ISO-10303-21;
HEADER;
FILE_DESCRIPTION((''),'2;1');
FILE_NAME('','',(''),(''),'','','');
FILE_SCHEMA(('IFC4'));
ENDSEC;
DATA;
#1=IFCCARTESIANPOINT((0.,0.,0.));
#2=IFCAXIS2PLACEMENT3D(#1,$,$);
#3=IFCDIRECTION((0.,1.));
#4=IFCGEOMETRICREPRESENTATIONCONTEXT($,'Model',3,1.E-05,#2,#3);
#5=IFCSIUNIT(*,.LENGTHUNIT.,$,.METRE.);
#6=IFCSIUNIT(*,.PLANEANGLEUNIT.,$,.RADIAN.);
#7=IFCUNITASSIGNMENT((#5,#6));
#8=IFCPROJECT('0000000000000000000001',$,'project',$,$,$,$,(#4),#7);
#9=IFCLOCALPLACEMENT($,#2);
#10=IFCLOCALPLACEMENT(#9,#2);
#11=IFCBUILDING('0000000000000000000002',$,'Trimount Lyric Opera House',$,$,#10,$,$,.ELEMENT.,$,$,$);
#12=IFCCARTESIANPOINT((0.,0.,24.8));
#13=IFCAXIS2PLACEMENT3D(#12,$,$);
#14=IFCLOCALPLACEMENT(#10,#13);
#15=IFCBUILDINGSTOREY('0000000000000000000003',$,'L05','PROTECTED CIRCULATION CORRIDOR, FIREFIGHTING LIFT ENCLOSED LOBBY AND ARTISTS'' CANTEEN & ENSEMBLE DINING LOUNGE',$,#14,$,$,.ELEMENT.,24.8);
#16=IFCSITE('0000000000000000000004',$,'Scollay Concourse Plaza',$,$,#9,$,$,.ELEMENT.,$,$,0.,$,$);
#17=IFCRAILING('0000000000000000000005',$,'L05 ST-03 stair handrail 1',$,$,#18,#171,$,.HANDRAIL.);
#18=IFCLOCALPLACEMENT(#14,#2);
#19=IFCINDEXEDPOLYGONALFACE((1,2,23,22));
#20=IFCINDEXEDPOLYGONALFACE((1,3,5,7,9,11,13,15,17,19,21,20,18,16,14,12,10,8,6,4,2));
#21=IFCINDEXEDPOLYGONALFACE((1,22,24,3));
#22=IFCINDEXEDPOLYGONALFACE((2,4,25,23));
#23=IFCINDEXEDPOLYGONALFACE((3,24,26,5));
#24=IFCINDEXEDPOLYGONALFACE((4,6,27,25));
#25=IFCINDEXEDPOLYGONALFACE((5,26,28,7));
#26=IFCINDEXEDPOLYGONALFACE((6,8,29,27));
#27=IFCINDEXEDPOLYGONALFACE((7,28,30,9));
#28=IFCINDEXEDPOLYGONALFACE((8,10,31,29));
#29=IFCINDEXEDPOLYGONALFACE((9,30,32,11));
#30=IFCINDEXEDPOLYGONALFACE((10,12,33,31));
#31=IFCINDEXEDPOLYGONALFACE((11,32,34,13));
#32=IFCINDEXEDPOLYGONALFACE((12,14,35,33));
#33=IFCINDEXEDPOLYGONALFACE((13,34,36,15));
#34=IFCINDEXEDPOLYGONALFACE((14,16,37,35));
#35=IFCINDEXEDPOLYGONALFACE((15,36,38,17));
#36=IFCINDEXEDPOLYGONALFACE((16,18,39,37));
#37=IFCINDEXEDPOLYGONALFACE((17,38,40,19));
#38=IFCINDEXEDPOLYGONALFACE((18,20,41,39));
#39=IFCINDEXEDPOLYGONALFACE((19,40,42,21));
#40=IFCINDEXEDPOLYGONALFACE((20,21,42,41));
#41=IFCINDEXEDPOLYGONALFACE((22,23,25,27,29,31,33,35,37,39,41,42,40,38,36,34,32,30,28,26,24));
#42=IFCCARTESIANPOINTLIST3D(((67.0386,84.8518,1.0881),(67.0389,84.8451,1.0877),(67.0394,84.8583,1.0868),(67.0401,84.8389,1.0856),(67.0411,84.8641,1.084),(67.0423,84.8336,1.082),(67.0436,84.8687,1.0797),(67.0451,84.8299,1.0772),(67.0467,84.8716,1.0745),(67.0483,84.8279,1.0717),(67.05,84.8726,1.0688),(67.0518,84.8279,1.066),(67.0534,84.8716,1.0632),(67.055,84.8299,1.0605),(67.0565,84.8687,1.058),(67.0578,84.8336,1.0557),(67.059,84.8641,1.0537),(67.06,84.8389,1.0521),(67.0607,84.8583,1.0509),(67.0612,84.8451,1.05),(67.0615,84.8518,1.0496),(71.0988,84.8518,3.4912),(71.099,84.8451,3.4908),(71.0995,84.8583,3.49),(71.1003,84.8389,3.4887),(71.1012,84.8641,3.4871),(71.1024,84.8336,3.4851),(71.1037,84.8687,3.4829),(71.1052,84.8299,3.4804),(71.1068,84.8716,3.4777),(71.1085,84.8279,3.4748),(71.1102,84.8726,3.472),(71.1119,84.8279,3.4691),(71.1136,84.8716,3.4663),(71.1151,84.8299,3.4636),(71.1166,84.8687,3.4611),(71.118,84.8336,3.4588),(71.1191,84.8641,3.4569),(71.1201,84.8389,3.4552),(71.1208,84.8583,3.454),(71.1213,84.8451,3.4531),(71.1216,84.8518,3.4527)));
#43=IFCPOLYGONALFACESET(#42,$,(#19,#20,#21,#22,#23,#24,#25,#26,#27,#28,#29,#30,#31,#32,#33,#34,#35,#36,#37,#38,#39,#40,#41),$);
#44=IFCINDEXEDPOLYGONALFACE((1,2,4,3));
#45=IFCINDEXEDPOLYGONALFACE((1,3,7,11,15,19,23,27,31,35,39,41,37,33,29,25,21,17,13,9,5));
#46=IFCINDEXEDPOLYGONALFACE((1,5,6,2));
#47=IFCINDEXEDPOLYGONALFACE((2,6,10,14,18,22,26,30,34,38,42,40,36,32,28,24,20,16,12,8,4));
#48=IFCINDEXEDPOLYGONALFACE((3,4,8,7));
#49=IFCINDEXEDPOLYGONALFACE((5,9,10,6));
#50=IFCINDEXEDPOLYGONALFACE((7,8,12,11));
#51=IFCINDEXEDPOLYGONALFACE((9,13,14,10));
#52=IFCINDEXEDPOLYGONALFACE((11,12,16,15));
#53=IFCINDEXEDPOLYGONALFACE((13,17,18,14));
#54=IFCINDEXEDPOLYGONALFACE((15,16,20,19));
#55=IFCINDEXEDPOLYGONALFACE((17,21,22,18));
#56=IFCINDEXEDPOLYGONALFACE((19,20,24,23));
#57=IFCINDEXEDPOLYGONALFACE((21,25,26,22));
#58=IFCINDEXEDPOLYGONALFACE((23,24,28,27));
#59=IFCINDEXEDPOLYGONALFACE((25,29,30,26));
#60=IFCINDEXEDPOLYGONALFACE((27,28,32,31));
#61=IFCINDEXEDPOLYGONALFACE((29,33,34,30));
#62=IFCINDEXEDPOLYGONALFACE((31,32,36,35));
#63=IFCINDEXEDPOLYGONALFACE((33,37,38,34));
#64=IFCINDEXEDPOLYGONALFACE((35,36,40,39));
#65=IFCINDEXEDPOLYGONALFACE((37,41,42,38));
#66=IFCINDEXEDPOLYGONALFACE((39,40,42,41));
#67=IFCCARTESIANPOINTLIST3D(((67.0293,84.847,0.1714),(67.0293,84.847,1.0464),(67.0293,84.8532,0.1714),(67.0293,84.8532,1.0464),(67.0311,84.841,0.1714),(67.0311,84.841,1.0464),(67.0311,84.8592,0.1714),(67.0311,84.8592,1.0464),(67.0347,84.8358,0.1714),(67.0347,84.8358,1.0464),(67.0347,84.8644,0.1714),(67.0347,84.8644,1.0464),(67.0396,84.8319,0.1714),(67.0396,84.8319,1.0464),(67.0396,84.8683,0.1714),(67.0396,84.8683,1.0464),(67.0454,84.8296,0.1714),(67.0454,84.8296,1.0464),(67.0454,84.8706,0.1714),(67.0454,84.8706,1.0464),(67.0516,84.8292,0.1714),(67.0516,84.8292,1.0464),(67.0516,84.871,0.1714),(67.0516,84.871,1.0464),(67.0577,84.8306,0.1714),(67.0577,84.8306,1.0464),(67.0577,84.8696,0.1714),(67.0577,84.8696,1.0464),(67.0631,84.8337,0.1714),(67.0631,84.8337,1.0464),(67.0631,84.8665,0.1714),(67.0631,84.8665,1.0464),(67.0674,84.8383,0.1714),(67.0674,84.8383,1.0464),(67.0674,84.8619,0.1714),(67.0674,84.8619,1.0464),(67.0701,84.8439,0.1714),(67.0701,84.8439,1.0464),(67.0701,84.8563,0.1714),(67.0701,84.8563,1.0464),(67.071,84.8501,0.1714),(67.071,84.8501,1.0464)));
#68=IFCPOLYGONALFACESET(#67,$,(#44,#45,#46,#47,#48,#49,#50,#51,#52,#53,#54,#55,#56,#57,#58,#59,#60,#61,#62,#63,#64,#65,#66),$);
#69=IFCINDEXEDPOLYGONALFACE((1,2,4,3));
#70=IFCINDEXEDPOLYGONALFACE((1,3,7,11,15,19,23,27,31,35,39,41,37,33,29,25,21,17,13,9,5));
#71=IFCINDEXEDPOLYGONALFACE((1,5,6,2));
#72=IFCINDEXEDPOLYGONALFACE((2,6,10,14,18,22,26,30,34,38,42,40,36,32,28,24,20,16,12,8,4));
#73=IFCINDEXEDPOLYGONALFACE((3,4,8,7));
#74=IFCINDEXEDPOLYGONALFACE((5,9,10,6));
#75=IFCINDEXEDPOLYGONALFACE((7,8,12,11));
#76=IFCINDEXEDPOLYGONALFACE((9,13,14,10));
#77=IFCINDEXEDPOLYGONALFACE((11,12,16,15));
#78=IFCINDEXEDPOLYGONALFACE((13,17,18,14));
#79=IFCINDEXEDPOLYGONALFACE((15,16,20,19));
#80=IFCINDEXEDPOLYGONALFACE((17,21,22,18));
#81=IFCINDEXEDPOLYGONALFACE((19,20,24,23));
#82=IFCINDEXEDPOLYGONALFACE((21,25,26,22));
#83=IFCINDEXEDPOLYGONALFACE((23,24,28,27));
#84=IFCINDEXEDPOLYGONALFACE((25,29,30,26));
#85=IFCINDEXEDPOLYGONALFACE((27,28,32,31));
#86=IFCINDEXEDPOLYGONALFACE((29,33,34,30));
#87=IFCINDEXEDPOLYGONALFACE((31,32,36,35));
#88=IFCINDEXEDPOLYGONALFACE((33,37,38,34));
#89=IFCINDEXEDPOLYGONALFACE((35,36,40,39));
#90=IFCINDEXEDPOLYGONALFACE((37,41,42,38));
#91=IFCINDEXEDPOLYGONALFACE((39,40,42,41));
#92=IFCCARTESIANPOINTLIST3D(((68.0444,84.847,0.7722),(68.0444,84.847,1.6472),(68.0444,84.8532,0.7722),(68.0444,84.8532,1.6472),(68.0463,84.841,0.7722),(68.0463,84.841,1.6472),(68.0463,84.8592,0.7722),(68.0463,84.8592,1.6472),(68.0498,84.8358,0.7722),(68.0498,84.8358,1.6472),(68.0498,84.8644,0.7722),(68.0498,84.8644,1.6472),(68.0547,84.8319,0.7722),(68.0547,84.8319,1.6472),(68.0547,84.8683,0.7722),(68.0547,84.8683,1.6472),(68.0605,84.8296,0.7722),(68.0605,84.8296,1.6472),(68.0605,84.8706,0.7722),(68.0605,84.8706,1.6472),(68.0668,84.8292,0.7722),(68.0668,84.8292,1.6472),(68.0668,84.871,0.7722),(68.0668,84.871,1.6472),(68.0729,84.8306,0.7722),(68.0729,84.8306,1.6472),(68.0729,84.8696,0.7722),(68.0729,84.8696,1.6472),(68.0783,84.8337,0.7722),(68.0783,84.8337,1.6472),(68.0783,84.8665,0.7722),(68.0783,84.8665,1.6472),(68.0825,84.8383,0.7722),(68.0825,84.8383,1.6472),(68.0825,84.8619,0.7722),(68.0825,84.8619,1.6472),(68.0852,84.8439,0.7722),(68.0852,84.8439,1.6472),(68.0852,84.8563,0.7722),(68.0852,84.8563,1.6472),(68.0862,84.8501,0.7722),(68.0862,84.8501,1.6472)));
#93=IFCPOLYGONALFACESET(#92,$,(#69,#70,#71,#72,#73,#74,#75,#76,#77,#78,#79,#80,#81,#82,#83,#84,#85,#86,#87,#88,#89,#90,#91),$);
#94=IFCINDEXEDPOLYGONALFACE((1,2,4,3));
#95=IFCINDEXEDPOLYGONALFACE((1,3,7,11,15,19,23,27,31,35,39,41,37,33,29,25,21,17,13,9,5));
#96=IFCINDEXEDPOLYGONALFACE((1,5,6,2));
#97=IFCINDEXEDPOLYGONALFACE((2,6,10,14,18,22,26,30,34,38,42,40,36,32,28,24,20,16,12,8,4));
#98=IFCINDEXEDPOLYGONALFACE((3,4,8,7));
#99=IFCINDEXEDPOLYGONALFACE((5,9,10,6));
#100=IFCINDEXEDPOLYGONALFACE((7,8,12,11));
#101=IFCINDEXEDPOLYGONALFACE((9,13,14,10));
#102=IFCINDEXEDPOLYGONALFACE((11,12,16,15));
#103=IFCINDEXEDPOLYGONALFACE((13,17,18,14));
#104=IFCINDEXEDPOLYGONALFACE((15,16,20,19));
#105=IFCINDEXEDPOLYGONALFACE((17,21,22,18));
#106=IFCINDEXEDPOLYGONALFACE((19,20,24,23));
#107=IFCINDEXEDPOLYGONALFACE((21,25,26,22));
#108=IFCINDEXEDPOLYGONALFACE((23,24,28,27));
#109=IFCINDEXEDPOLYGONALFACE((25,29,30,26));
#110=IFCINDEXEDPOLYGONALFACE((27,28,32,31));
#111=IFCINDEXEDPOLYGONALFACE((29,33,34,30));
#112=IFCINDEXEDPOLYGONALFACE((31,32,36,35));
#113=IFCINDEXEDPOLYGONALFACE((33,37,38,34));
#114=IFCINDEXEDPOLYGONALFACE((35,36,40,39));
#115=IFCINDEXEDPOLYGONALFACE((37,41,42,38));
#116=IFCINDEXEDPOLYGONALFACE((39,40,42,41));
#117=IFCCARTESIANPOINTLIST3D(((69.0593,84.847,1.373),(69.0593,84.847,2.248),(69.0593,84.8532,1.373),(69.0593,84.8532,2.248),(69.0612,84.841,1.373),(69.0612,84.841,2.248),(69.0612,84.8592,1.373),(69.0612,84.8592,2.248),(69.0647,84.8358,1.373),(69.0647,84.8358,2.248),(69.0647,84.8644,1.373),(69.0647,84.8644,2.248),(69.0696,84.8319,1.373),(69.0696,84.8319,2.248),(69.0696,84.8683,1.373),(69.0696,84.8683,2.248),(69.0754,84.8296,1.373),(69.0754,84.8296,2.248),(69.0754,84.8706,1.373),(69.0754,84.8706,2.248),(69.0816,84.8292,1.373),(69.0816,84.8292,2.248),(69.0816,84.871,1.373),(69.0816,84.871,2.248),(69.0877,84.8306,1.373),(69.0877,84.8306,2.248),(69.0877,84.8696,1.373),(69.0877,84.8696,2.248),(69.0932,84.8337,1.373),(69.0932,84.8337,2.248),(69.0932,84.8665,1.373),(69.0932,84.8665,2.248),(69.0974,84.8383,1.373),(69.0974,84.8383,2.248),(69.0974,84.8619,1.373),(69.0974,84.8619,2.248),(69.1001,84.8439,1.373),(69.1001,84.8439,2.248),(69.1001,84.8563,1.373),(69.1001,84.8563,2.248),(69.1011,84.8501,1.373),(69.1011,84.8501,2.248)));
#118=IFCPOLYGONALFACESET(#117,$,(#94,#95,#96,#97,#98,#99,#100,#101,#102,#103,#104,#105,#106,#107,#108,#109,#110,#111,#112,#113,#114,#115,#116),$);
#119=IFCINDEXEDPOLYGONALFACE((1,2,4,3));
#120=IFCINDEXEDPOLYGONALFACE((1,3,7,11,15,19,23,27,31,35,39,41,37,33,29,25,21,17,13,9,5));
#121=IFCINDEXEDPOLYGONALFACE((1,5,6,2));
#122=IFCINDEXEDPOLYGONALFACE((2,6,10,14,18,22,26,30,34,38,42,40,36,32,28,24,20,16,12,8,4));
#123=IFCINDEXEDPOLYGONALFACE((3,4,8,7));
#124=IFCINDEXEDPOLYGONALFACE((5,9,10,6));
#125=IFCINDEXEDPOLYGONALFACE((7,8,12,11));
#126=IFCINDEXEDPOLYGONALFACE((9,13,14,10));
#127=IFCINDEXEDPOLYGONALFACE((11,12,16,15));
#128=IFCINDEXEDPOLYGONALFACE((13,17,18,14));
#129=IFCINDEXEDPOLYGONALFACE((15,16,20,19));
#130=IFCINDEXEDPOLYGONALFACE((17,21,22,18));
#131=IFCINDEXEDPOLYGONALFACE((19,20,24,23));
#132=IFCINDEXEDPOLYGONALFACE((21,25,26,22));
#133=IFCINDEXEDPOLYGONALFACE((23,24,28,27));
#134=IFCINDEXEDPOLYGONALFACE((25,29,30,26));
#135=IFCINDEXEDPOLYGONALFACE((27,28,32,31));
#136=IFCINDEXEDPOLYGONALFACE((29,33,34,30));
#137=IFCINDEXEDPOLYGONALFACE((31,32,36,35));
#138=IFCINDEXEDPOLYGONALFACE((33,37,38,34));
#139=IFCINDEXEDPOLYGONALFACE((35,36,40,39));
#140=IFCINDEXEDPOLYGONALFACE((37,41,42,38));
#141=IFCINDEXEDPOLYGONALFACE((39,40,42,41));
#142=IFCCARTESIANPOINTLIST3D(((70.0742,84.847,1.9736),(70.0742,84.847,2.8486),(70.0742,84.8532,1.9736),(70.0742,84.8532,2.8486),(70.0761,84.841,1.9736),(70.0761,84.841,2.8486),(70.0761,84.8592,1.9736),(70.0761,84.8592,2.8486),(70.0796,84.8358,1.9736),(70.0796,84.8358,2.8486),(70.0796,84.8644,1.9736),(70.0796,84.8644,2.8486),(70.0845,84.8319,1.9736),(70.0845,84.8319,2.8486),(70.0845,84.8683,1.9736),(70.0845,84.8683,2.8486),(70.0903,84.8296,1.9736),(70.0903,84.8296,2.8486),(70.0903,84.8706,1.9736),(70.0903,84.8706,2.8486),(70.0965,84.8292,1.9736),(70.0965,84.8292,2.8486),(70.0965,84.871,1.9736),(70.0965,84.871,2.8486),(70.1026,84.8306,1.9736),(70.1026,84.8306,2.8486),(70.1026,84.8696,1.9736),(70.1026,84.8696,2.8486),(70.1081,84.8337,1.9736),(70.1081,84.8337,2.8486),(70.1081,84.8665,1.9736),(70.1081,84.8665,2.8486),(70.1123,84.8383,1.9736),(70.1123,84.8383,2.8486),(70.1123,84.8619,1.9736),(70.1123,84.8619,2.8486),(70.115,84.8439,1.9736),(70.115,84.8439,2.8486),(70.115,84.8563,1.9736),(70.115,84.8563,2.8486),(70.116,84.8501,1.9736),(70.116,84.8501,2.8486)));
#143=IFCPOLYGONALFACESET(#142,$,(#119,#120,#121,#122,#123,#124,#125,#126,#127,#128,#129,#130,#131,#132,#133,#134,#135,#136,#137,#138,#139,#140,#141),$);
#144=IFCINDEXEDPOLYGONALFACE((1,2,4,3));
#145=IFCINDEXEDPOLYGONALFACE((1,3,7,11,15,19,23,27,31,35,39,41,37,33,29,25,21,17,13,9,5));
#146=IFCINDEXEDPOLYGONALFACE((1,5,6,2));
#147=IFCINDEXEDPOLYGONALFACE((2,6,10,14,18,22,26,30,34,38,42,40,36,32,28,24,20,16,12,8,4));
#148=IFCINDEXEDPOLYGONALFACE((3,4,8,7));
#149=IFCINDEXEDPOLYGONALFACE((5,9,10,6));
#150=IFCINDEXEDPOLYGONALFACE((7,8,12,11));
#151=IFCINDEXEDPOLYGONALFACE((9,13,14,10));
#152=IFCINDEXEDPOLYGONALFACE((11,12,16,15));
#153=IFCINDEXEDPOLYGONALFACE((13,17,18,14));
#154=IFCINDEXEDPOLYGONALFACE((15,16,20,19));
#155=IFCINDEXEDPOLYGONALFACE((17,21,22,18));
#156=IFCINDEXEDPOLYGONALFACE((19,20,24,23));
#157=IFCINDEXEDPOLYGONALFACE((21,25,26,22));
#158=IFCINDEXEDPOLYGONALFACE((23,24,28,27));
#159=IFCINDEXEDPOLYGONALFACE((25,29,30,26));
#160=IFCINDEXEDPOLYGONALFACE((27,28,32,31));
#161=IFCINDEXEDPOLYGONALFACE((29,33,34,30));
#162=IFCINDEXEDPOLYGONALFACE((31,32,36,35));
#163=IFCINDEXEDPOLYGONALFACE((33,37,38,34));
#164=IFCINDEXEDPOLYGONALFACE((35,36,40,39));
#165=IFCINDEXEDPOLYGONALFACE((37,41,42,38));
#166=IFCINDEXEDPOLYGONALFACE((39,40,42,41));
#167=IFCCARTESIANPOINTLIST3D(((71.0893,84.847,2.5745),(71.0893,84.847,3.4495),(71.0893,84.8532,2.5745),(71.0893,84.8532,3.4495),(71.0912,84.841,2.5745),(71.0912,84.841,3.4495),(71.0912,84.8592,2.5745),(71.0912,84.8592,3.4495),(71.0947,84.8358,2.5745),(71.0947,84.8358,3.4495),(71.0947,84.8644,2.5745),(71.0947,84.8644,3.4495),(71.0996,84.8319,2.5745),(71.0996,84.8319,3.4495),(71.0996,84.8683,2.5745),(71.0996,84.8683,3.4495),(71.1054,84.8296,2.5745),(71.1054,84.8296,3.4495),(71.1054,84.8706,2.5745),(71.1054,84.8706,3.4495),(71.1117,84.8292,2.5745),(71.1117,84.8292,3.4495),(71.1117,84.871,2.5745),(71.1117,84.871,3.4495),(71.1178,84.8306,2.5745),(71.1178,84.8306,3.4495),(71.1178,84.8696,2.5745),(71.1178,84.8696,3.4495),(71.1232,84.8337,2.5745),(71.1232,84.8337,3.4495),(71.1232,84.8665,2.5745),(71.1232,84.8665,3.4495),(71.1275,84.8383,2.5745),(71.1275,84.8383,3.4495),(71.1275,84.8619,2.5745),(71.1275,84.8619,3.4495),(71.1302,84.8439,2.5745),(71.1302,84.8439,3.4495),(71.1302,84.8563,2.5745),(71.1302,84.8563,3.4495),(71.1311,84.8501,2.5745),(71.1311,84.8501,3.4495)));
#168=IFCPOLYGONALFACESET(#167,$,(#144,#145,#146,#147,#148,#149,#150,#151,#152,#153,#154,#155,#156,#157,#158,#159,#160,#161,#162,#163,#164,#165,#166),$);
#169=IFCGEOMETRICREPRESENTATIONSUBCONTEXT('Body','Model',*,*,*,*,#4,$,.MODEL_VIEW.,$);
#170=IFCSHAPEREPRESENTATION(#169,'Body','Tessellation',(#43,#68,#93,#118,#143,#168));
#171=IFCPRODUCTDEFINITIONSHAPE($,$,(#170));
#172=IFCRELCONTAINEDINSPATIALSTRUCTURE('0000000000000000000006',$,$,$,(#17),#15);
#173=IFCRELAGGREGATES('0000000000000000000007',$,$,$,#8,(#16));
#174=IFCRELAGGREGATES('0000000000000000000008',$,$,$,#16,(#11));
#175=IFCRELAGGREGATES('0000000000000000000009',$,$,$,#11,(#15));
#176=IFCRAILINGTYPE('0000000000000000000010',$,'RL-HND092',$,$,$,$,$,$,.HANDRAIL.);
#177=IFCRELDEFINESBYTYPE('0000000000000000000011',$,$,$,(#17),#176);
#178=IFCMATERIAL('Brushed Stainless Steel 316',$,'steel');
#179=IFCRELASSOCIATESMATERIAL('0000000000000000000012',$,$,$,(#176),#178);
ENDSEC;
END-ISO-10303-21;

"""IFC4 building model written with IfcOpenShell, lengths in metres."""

from ifc_helpers import new_model, si_unit, direction, frame, origin, origin_2d, place, context, subcontext, project, spatial, circle, extrude, material, type_object, element, save


model = new_model("IFC4")

# Units and contexts
model_context = context("Model", 3, precision=1e-05, world=origin(), true_north=direction((0.0, 1.0)))
body_context = subcontext(model_context, "Body", "Model", "MODEL_VIEW")
ifc_project = project(units=[si_unit("LENGTHUNIT", "METRE"), si_unit("PLANEANGLEUNIT", "RADIAN")], contexts=[model_context])

# Site, building, storey
site_placement = place(None, origin())
site = spatial("IfcSite", under=ifc_project, at=site_placement, Name="Scollay Concourse Plaza", CompositionType="ELEMENT", RefElevation=0.0)
building_placement = place(site_placement, origin())
building = spatial("IfcBuilding", under=site, at=building_placement, Name="Trimount Lyric Opera House", CompositionType="ELEMENT")
storey_placement = place(building_placement, frame((0.0, 0.0, 24.8)))
storey = spatial("IfcBuildingStorey", under=building, at=storey_placement, Name="L05", Description="PROTECTED CIRCULATION CORRIDOR, FIREFIGHTING LIFT ENCLOSED LOBBY AND ARTISTS' CANTEEN & ENSEMBLE DINING LOUNGE", CompositionType="ELEMENT", Elevation=24.8)

# Railing
ifc_material_1 = material(Name="Brushed Stainless Steel 316", Category="steel")
railing_type_1 = type_object("IfcRailingType", Name="RL-HND092", PredefinedType="HANDRAIL", material=ifc_material_1)
railing_1_placement = place(storey_placement, frame((67.05, 84.8501, 0.1714)))
element("IfcRailing", 1, at=railing_1_placement, inside=storey, type_object=railing_type_1, Name="L05 ST-03 stair handrail 1", PredefinedType="HANDRAIL", context=body_context, shape_type="SweptSolid", body=[
    extrude(circle(Radius=0.0225, at=origin_2d()), frame((0.0, 0.0, 0.8975), z_axis=(0.86056, 0.0, 0.50935), x_axis=(0.0, 1.0, 0.0)), (0.0, 0.0, 1.0), 4.718),
    extrude(circle(Radius=0.021, at=origin_2d()), origin(), (0.0, 0.0, 1.0), 0.875),
    extrude(circle(Radius=0.021, at=origin_2d()), frame((1.0151, 0.0, 0.6008)), (0.0, 0.0, 1.0), 0.875),
    extrude(circle(Radius=0.021, at=origin_2d()), frame((2.03, 0.0, 1.2017)), (0.0, 0.0, 1.0), 0.875),
    extrude(circle(Radius=0.021, at=origin_2d()), frame((3.0449, 0.0, 1.8022)), (0.0, 0.0, 1.0), 0.875),
    extrude(circle(Radius=0.021, at=origin_2d()), frame((4.0601, 0.0, 2.4031)), (0.0, 0.0, 1.0), 0.875),
])

save(model, "model.ifc")
